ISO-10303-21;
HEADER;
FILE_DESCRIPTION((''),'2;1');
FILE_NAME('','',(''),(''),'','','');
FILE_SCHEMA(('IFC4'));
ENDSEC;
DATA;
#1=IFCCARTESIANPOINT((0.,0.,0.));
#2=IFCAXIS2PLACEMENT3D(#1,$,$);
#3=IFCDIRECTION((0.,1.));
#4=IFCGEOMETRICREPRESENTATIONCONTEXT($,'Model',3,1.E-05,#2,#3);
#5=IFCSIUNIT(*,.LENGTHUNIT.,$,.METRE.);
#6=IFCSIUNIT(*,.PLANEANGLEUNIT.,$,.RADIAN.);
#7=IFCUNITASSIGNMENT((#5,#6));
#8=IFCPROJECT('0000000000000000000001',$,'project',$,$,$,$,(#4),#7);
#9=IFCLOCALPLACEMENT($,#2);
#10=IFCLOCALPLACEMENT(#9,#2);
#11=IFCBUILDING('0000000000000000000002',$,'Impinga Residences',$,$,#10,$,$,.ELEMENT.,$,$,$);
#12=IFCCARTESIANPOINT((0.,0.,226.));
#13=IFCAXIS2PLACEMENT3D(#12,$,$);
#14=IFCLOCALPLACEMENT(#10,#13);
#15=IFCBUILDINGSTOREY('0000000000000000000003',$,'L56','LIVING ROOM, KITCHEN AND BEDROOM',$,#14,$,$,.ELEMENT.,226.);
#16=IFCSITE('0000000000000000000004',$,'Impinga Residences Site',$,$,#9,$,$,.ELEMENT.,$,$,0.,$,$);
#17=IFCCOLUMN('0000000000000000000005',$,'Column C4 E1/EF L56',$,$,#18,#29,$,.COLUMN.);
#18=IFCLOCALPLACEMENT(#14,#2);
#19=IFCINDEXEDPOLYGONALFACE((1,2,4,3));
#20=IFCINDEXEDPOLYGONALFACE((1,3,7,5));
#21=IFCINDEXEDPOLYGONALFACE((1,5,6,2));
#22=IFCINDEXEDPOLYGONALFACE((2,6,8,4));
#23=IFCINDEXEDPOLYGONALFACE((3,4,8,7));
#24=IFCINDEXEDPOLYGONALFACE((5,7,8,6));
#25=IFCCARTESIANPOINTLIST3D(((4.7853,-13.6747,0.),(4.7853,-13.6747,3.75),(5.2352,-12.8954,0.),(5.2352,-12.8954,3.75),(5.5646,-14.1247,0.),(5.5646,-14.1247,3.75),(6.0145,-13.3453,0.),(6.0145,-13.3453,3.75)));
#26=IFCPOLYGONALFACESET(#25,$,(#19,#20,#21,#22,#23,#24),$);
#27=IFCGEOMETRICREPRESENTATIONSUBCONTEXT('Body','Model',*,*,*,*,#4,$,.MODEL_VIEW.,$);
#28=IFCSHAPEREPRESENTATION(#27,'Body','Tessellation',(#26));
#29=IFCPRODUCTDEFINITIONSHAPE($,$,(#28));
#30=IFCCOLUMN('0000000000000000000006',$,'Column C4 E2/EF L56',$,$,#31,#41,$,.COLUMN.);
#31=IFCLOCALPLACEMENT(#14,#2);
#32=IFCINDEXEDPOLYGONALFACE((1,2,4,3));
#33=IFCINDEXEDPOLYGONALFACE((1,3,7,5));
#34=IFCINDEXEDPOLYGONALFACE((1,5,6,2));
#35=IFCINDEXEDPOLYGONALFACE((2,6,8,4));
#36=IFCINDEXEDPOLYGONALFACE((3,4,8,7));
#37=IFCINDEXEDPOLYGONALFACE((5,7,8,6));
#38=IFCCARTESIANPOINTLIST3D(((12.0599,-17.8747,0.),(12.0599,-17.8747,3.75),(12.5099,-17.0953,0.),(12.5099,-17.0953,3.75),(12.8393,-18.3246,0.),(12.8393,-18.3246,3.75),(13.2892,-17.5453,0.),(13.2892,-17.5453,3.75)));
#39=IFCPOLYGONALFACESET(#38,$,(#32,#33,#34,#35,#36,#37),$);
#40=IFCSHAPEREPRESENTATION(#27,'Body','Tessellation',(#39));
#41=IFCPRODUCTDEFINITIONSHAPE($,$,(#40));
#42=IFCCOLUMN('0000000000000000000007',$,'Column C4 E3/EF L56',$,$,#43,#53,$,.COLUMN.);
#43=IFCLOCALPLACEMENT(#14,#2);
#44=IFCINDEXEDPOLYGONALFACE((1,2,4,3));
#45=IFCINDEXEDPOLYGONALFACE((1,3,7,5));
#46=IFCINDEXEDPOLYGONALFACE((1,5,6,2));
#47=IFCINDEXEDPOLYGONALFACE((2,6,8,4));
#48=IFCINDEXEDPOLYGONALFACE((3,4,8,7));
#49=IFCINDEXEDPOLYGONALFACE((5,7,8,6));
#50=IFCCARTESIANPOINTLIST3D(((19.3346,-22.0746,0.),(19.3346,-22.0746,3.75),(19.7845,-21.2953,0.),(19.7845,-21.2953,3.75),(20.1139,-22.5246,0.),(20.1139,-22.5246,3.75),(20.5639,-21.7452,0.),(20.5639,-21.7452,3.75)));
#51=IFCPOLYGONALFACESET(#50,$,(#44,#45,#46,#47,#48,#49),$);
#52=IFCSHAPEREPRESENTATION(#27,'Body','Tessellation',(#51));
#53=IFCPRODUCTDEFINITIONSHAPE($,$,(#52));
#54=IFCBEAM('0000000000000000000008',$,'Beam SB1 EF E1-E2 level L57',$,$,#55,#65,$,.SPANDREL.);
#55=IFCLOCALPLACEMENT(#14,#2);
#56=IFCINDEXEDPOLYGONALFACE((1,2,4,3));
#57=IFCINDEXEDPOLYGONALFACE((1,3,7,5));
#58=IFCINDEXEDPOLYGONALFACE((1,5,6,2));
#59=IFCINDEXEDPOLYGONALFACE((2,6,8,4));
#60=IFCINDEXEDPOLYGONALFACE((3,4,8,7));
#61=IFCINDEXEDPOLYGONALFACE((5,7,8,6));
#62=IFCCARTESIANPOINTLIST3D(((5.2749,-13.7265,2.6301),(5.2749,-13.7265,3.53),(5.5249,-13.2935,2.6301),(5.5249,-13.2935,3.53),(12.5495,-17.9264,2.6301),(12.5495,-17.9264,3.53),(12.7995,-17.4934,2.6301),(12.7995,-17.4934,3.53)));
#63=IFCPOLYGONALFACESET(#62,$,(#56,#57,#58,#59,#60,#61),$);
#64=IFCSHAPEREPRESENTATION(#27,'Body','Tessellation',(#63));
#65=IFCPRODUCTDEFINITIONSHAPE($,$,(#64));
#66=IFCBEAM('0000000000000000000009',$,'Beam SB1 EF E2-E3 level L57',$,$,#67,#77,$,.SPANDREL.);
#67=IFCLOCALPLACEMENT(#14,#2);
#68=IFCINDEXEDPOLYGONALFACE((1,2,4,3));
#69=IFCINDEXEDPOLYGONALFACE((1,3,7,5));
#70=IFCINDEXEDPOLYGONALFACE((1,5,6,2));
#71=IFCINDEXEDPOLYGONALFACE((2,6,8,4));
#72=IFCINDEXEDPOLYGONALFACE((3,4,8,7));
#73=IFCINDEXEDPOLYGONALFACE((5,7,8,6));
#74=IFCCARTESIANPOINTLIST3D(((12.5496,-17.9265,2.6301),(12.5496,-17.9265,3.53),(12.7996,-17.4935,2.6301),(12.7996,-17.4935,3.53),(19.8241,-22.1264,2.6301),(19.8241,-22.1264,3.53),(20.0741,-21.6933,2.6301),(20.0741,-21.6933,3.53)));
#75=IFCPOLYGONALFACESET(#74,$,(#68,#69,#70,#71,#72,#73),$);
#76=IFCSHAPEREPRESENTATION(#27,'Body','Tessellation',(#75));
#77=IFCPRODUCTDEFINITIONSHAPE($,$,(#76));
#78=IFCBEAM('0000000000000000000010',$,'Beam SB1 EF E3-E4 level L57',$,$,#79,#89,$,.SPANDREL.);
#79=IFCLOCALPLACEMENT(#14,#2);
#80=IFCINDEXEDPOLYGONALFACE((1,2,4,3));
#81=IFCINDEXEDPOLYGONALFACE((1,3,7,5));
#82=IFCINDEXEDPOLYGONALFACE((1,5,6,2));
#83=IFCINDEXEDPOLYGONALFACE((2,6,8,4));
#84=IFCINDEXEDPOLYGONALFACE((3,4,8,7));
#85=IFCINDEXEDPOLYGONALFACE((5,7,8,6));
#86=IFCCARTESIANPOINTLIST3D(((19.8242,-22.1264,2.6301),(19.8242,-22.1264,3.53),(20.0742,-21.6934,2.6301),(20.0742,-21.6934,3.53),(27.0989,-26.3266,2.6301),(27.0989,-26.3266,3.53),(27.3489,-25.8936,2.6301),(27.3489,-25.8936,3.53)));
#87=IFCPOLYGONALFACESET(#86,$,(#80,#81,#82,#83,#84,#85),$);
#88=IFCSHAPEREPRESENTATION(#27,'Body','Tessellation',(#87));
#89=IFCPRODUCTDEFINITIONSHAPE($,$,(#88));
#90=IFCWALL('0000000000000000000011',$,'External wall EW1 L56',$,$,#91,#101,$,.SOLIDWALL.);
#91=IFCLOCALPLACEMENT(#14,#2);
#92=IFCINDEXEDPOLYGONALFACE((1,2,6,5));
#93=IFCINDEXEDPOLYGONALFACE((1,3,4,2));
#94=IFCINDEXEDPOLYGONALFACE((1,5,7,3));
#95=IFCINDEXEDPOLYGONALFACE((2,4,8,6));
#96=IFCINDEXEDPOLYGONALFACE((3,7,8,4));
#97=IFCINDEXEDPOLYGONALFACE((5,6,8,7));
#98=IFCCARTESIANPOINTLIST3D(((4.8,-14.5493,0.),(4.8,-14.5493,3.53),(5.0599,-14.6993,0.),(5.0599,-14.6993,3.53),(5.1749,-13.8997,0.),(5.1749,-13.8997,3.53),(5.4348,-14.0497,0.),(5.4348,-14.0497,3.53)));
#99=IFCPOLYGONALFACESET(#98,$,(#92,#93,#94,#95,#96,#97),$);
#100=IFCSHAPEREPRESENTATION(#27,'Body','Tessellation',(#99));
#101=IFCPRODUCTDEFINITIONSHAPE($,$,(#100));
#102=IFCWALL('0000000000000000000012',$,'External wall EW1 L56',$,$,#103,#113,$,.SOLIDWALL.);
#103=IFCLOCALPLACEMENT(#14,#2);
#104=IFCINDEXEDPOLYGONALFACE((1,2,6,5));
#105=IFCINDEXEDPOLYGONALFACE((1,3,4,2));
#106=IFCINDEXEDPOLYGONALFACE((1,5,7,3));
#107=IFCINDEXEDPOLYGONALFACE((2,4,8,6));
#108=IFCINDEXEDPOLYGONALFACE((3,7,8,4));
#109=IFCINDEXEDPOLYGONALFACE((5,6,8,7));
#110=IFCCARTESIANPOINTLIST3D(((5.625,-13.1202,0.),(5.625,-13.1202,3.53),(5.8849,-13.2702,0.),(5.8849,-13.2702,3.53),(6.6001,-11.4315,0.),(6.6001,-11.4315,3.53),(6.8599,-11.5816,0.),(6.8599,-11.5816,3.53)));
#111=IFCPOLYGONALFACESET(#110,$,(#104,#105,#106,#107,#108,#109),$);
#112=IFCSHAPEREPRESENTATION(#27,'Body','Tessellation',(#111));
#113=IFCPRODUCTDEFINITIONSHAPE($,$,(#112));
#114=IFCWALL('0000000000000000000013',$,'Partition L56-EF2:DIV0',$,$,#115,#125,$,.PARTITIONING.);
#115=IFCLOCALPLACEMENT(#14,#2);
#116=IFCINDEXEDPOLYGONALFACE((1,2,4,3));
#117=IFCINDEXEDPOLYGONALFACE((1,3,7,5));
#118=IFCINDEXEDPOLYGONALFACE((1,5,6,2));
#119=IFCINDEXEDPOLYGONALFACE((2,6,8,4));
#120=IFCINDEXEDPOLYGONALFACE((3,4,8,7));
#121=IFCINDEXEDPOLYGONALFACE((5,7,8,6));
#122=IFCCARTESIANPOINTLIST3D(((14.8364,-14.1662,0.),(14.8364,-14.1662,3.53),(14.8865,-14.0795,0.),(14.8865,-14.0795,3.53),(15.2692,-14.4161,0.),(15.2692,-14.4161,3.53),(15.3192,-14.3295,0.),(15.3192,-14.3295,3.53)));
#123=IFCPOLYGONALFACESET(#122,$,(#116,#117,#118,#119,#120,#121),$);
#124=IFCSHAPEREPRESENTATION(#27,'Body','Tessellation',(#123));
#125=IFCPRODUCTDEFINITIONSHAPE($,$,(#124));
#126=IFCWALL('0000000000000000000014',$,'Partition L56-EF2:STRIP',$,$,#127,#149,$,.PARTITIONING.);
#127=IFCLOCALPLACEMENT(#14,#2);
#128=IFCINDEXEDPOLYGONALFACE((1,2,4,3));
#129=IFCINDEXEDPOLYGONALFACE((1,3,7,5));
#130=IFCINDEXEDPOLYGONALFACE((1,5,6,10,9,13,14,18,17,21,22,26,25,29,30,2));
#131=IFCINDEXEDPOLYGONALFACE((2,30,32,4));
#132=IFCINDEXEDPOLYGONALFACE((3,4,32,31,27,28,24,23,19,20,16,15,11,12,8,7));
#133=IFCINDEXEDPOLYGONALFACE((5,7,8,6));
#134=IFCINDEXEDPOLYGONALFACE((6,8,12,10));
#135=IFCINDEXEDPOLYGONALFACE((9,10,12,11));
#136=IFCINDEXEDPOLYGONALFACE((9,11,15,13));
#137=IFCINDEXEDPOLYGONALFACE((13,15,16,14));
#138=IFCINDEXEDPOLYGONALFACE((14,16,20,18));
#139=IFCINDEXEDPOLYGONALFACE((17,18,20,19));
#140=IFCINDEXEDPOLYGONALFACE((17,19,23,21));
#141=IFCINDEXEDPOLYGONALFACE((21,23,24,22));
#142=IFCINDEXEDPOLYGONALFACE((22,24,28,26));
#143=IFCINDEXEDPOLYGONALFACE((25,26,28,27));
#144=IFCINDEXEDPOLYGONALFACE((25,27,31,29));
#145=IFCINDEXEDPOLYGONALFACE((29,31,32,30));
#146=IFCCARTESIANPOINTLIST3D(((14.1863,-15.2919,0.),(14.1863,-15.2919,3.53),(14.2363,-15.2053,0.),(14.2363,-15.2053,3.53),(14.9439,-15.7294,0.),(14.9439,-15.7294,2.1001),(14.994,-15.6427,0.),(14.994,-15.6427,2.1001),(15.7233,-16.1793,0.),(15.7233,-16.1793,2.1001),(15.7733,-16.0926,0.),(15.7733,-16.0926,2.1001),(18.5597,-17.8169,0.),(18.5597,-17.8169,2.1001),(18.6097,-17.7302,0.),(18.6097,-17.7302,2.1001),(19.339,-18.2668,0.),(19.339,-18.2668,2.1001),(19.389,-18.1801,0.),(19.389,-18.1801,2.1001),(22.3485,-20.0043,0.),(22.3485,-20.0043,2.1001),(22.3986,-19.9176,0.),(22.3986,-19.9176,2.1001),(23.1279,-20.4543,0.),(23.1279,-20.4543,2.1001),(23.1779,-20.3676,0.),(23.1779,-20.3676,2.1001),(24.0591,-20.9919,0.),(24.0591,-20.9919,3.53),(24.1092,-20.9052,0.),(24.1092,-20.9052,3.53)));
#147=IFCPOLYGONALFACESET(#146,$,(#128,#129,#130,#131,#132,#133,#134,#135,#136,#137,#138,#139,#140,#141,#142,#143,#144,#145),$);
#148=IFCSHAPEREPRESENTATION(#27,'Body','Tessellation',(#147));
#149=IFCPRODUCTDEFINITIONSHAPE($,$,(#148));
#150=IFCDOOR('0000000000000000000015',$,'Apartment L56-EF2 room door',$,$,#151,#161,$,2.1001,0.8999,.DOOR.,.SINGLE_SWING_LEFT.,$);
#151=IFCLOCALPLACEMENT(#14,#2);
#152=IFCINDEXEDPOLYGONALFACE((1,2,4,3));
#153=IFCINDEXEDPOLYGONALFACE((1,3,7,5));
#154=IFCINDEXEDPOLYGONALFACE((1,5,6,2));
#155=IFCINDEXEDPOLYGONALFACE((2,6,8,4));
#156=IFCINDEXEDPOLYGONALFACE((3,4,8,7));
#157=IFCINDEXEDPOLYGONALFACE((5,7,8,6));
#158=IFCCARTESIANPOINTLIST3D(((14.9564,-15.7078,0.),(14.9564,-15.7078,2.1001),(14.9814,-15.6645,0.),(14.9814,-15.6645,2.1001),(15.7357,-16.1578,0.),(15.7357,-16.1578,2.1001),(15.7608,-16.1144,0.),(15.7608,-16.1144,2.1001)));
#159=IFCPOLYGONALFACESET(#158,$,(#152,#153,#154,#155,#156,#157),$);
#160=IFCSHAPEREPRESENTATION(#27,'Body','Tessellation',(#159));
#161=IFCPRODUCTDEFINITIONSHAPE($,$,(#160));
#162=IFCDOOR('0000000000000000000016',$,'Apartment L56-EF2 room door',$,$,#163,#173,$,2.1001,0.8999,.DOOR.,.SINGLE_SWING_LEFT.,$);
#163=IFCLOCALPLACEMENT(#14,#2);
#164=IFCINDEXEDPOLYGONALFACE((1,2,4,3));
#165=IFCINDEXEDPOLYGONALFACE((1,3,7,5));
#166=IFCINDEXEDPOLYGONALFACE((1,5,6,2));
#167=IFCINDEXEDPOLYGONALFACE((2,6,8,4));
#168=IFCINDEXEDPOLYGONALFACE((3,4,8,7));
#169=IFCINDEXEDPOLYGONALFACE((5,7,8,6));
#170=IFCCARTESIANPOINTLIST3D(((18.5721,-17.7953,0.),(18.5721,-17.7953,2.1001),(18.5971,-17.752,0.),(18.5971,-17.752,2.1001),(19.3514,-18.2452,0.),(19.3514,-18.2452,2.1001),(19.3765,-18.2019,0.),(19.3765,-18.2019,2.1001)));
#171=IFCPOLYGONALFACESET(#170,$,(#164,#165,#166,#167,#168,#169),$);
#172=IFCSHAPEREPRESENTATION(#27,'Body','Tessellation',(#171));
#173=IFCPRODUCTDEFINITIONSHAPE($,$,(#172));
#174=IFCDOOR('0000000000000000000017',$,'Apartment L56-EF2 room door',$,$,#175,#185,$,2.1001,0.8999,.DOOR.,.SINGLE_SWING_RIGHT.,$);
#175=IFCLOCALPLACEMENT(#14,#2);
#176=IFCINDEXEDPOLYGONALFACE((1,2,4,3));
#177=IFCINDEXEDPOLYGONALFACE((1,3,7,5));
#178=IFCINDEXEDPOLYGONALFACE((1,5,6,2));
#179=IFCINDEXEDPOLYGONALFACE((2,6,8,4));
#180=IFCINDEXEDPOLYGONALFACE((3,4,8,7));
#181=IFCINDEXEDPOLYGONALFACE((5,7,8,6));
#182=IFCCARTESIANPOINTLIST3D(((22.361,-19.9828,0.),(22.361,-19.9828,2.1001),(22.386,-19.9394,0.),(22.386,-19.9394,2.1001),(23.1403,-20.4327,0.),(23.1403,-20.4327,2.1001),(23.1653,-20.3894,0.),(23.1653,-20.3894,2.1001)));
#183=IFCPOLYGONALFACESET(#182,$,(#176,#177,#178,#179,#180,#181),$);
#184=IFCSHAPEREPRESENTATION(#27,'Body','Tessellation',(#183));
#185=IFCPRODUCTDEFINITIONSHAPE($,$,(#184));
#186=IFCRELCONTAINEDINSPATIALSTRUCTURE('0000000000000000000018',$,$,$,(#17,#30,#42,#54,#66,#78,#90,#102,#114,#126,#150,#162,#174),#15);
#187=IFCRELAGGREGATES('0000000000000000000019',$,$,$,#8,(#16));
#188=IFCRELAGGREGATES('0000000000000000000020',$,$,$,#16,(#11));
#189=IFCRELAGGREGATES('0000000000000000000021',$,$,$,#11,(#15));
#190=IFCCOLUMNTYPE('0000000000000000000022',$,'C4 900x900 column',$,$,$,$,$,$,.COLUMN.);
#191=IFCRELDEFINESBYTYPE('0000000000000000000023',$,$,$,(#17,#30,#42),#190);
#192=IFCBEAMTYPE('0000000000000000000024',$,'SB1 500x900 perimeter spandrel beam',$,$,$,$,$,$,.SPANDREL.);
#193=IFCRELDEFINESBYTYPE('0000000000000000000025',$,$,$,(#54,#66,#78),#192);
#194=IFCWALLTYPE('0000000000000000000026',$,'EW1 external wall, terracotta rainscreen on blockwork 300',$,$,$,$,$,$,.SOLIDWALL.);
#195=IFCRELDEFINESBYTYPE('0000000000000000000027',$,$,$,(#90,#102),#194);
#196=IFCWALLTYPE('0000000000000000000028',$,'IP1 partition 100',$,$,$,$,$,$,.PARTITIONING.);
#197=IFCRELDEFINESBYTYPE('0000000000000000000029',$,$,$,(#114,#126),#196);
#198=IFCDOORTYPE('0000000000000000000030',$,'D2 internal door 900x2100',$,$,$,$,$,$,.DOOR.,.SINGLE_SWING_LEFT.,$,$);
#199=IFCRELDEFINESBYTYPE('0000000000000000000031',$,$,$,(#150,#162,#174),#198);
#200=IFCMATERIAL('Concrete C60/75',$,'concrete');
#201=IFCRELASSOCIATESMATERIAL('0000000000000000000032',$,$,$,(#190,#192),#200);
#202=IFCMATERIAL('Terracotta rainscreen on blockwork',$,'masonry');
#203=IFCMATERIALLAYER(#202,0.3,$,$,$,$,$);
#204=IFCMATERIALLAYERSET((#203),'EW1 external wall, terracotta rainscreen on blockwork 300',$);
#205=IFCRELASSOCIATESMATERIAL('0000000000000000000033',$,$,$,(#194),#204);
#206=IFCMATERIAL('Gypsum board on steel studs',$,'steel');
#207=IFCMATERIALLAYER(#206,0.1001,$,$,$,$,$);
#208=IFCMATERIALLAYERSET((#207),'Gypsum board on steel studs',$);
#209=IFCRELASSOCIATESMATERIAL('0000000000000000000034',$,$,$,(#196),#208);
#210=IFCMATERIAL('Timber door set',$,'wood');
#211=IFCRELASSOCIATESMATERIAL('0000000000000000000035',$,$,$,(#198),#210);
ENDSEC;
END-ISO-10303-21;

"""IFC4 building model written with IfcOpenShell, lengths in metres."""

from ifc_helpers import new_model, si_unit, direction, frame, frame_2d, origin, origin_2d, place, context, subcontext, project, spatial, rectangle, extrude, material, layer, layer_set, material_profile, profile_set, type_object, element, fill, save


model = new_model("IFC4")

# Units and contexts
model_context = context("Model", 3, precision=1e-05, world=origin(), true_north=direction((0.0, 1.0)))
body_context = subcontext(model_context, "Body", "Model", "MODEL_VIEW")
ifc_project = project(units=[si_unit("LENGTHUNIT", "METRE"), si_unit("PLANEANGLEUNIT", "RADIAN")], contexts=[model_context])

# Site, building, storey
site_placement = place(None, origin())
site = spatial("IfcSite", under=ifc_project, at=site_placement, Name="Impinga Residences Site", CompositionType="ELEMENT", RefElevation=0.0)
building_placement = place(site_placement, origin())
building = spatial("IfcBuilding", under=site, at=building_placement, Name="Impinga Residences", CompositionType="ELEMENT")
storey_placement = place(building_placement, frame((0.0, 0.0, 226.0)))
storey = spatial("IfcBuildingStorey", under=building, at=storey_placement, Name="L56", Description="LIVING ROOM, KITCHEN AND BEDROOM", CompositionType="ELEMENT", Elevation=226.0)

# Columns
ifc_material_1 = material(Name="Concrete C60/75", Category="concrete")
ifc_material_profile_1 = material_profile(ifc_material_1, rectangle(XDim=0.8999, YDim=0.8999, at=origin_2d()), Name="RC 900x900")
ifc_profile_set_1 = profile_set([ifc_material_profile_1], Name="Concrete C60/75")
column_type = type_object("IfcColumnType", Name="C4 900x900 column", PredefinedType="COLUMN", material=ifc_profile_set_1)
for number, where, z_axis, x_axis, name in (
    (1, (5.3999, -13.51, 0.0), (0.0, 0.0, 1.0), (-0.5, -0.866025, 0.0), "Column C4 E1/EF L56"),
    (2, (12.6746, -17.71, 0.0), (0.0, 0.0, 1.0), (-0.5, -0.866025, 0.0), "Column C4 E2/EF L56"),
    (3, (19.9492, -21.9099, 0.0), (0.0, 0.0, 1.0), (-0.5, -0.866025, 0.0), "Column C4 E3/EF L56"),
):
    element("IfcColumn", number, at=place(storey_placement, frame(where, z_axis=z_axis, x_axis=x_axis)), inside=storey, type_object=column_type, Name=name, PredefinedType="COLUMN", context=body_context, shape_type="SweptSolid", body=[
        extrude(rectangle(XDim=0.8999, YDim=0.8999, at=origin_2d()), origin(), (0.0, 0.0, 1.0), 3.75),
    ])

# Beams
ifc_material_profile_2 = material_profile(ifc_material_1, rectangle(XDim=0.5, YDim=0.8999, at=origin_2d()), Name="RC 500x900")
ifc_profile_set_2 = profile_set([ifc_material_profile_2], Name="Concrete C60/75")
beam_type = type_object("IfcBeamType", Name="SB1 500x900 perimeter spandrel beam", PredefinedType="SPANDREL", material=ifc_profile_set_2)
for number, where, z_axis, x_axis, name in (
    (4, (5.3999, -13.51, 3.0801), (0.866029, -0.499993, 0.0), (0.499993, 0.866029, 0.0), "Beam SB1 EF E1-E2 level L57"),
    (5, (12.6746, -17.71, 3.0801), (0.866029, -0.499993, 0.0), (0.499993, 0.866029, 0.0), "Beam SB1 EF E2-E3 level L57"),
):
    element("IfcBeam", number, at=place(storey_placement, frame(where, z_axis=z_axis, x_axis=x_axis)), inside=storey, type_object=beam_type, Name=name, PredefinedType="SPANDREL", context=body_context, shape_type="SweptSolid", body=[
        extrude(rectangle(XDim=0.5, YDim=0.8999, at=origin_2d()), origin(), (0.0, 0.0, 1.0), 8.3999),
    ])
beam_placement = place(storey_placement, frame((19.9492, -21.9099, 3.0801), z_axis=(0.866017, -0.500015, 0.0), x_axis=(0.500015, 0.866017, 0.0)))
element("IfcBeam", 6, at=beam_placement, inside=storey, type_object=beam_type, Name="Beam SB1 EF E3-E4 level L57", PredefinedType="SPANDREL", context=body_context, shape_type="SweptSolid", body=[
    extrude(rectangle(XDim=0.5, YDim=0.8999, at=origin_2d()), origin(), (0.0, 0.0, 1.0), 8.4001),
])

# Walls
ifc_material_2 = material(Name="Terracotta rainscreen on blockwork", Category="masonry")
ifc_layer_1 = layer(ifc_material_2, 0.3)
ifc_layer_set_1 = layer_set([ifc_layer_1], Name="EW1 external wall, terracotta rainscreen on blockwork 300")
wall_type_1 = type_object("IfcWallType", Name="EW1 external wall, terracotta rainscreen on blockwork 300", PredefinedType="SOLIDWALL", material=ifc_layer_set_1)
wall_1_placement = place(storey_placement, frame((4.9299, -14.6243, 0.0), z_axis=(0.0, 0.0, 1.0), x_axis=(0.49992, 0.866072, 0.0)))
element("IfcWall", 7, at=wall_1_placement, inside=storey, type_object=wall_type_1, Name="External wall EW1 L56", PredefinedType="SOLIDWALL", context=body_context, shape_type="SweptSolid", body=[
    extrude(rectangle(XDim=0.75, YDim=0.3, at=frame_2d((0.375, 0.0))), origin(), (0.0, 0.0, 1.0), 3.53),
])
wall_2_placement = place(storey_placement, frame((5.7549, -13.1953, 0.0), z_axis=(0.0, 0.0, 1.0), x_axis=(0.500044, 0.866, 0.0)))
element("IfcWall", 8, at=wall_2_placement, inside=storey, type_object=wall_type_1, Name="External wall EW1 L56", PredefinedType="SOLIDWALL", context=body_context, shape_type="SweptSolid", body=[
    extrude(rectangle(XDim=1.95, YDim=0.3, at=frame_2d((0.9751, 0.0))), origin(), (0.0, 0.0, 1.0), 3.53),
])
ifc_material_3 = material(Name="Gypsum board on steel studs", Category="steel")
ifc_layer_2 = layer(ifc_material_3, 0.1001)
ifc_layer_set_2 = layer_set([ifc_layer_2], Name="Gypsum board on steel studs")
wall_type_2 = type_object("IfcWallType", Name="IP1 partition 100", PredefinedType="PARTITIONING", material=ifc_layer_set_2)
wall_3_placement = place(storey_placement, frame((14.8613, -14.1228, 0.0), z_axis=(0.0, 0.0, 1.0), x_axis=(0.86595, -0.500131, 0.0)))
element("IfcWall", 9, at=wall_3_placement, inside=storey, type_object=wall_type_2, Name="Partition L56-EF2:DIV0", PredefinedType="PARTITIONING", context=body_context, shape_type="SweptSolid", body=[
    extrude(rectangle(XDim=0.4998, YDim=0.1001, at=frame_2d((0.25, 0.0))), origin(), (0.0, 0.0, 1.0), 3.53),
])

# Wall, openings, doors
wall_4_placement = place(storey_placement, frame((14.2112, -15.2485, 0.0), z_axis=(0.0, 0.0, 1.0), x_axis=(0.86603, -0.499992, 0.0)))
wall_4 = element("IfcWall", 10, at=wall_4_placement, inside=storey, type_object=wall_type_2, Name="Partition L56-EF2:STRIP", PredefinedType="PARTITIONING", context=body_context, shape_type="SweptSolid", body=[
    extrude(rectangle(XDim=11.4001, YDim=0.1001, at=frame_2d((5.7002, 0.0))), origin(), (0.0, 0.0, 1.0), 3.53),
])
opening_1_placement = place(wall_4_placement, frame((0.875, 0.0, 0.0)))
opening_1 = element("IfcOpeningElement", 11, at=opening_1_placement, cuts=wall_4, PredefinedType="OPENING", context=body_context, shape_type="SweptSolid", body=[
    extrude(rectangle(XDim=0.8999, YDim=2.1001, at=frame_2d((0.45, 1.05))), frame((0.0, 0.0601, 0.0), z_axis=(0.0, -1.0, 0.0), x_axis=(1.0, 0.0, 0.0)), (0.0, 0.0, 1.0), 0.1201),
])
opening_2_placement = place(wall_4_placement, frame((5.05, 0.0, 0.0)))
opening_2 = element("IfcOpeningElement", 12, at=opening_2_placement, cuts=wall_4, PredefinedType="OPENING", context=body_context, shape_type="SweptSolid", body=[
    extrude(rectangle(XDim=0.8999, YDim=2.1001, at=frame_2d((0.45, 1.05))), frame((0.0, 0.0601, 0.0), z_axis=(0.0, -1.0, 0.0), x_axis=(1.0, 0.0, 0.0)), (0.0, 0.0, 1.0), 0.1201),
])
opening_3_placement = place(wall_4_placement, frame((9.425, 0.0, 0.0)))
opening_3 = element("IfcOpeningElement", 13, at=opening_3_placement, cuts=wall_4, PredefinedType="OPENING", context=body_context, shape_type="SweptSolid", body=[
    extrude(rectangle(XDim=0.8999, YDim=2.1001, at=frame_2d((0.45, 1.05))), frame((0.0, 0.0601, 0.0), z_axis=(0.0, -1.0, 0.0), x_axis=(1.0, 0.0, 0.0)), (0.0, 0.0, 1.0), 0.1201),
])
ifc_material_4 = material(Name="Timber door set", Category="wood")
door_type = type_object("IfcDoorType", Name="D2 internal door 900x2100", OperationType="SINGLE_SWING_LEFT", PredefinedType="DOOR", material=ifc_material_4)
door_1_placement = place(opening_1_placement, origin())
door_1 = element("IfcDoor", 14, at=door_1_placement, inside=storey, type_object=door_type, Name="Apartment L56-EF2 room door", OperationType="SINGLE_SWING_LEFT", OverallHeight=2.1001, OverallWidth=0.8999, PredefinedType="DOOR", context=body_context, shape_type="SweptSolid", body=[
    extrude(rectangle(XDim=0.8999, YDim=2.1001, at=frame_2d((0.45, 1.05))), frame((0.0, 0.0249, 0.0), z_axis=(0.0, -1.0, 0.0), x_axis=(1.0, 0.0, 0.0)), (0.0, 0.0, 1.0), 0.05),
])
fill(opening_1, door_1)
door_2_placement = place(opening_2_placement, origin())
door_2 = element("IfcDoor", 15, at=door_2_placement, inside=storey, type_object=door_type, Name="Apartment L56-EF2 room door", OperationType="SINGLE_SWING_LEFT", OverallHeight=2.1001, OverallWidth=0.8999, PredefinedType="DOOR", context=body_context, shape_type="SweptSolid", body=[
    extrude(rectangle(XDim=0.8999, YDim=2.1001, at=frame_2d((0.45, 1.05))), frame((0.0, 0.0249, 0.0), z_axis=(0.0, -1.0, 0.0), x_axis=(1.0, 0.0, 0.0)), (0.0, 0.0, 1.0), 0.05),
])
fill(opening_2, door_2)
door_3_placement = place(opening_3_placement, origin())
door_3 = element("IfcDoor", 16, at=door_3_placement, inside=storey, type_object=door_type, Name="Apartment L56-EF2 room door", OperationType="SINGLE_SWING_RIGHT", OverallHeight=2.1001, OverallWidth=0.8999, PredefinedType="DOOR", context=body_context, shape_type="SweptSolid", body=[
    extrude(rectangle(XDim=0.8999, YDim=2.1001, at=frame_2d((0.45, 1.05))), frame((0.0, 0.0249, 0.0), z_axis=(0.0, -1.0, 0.0), x_axis=(1.0, 0.0, 0.0)), (0.0, 0.0, 1.0), 0.05),
])
fill(opening_3, door_3)

save(model, "model.ifc")
